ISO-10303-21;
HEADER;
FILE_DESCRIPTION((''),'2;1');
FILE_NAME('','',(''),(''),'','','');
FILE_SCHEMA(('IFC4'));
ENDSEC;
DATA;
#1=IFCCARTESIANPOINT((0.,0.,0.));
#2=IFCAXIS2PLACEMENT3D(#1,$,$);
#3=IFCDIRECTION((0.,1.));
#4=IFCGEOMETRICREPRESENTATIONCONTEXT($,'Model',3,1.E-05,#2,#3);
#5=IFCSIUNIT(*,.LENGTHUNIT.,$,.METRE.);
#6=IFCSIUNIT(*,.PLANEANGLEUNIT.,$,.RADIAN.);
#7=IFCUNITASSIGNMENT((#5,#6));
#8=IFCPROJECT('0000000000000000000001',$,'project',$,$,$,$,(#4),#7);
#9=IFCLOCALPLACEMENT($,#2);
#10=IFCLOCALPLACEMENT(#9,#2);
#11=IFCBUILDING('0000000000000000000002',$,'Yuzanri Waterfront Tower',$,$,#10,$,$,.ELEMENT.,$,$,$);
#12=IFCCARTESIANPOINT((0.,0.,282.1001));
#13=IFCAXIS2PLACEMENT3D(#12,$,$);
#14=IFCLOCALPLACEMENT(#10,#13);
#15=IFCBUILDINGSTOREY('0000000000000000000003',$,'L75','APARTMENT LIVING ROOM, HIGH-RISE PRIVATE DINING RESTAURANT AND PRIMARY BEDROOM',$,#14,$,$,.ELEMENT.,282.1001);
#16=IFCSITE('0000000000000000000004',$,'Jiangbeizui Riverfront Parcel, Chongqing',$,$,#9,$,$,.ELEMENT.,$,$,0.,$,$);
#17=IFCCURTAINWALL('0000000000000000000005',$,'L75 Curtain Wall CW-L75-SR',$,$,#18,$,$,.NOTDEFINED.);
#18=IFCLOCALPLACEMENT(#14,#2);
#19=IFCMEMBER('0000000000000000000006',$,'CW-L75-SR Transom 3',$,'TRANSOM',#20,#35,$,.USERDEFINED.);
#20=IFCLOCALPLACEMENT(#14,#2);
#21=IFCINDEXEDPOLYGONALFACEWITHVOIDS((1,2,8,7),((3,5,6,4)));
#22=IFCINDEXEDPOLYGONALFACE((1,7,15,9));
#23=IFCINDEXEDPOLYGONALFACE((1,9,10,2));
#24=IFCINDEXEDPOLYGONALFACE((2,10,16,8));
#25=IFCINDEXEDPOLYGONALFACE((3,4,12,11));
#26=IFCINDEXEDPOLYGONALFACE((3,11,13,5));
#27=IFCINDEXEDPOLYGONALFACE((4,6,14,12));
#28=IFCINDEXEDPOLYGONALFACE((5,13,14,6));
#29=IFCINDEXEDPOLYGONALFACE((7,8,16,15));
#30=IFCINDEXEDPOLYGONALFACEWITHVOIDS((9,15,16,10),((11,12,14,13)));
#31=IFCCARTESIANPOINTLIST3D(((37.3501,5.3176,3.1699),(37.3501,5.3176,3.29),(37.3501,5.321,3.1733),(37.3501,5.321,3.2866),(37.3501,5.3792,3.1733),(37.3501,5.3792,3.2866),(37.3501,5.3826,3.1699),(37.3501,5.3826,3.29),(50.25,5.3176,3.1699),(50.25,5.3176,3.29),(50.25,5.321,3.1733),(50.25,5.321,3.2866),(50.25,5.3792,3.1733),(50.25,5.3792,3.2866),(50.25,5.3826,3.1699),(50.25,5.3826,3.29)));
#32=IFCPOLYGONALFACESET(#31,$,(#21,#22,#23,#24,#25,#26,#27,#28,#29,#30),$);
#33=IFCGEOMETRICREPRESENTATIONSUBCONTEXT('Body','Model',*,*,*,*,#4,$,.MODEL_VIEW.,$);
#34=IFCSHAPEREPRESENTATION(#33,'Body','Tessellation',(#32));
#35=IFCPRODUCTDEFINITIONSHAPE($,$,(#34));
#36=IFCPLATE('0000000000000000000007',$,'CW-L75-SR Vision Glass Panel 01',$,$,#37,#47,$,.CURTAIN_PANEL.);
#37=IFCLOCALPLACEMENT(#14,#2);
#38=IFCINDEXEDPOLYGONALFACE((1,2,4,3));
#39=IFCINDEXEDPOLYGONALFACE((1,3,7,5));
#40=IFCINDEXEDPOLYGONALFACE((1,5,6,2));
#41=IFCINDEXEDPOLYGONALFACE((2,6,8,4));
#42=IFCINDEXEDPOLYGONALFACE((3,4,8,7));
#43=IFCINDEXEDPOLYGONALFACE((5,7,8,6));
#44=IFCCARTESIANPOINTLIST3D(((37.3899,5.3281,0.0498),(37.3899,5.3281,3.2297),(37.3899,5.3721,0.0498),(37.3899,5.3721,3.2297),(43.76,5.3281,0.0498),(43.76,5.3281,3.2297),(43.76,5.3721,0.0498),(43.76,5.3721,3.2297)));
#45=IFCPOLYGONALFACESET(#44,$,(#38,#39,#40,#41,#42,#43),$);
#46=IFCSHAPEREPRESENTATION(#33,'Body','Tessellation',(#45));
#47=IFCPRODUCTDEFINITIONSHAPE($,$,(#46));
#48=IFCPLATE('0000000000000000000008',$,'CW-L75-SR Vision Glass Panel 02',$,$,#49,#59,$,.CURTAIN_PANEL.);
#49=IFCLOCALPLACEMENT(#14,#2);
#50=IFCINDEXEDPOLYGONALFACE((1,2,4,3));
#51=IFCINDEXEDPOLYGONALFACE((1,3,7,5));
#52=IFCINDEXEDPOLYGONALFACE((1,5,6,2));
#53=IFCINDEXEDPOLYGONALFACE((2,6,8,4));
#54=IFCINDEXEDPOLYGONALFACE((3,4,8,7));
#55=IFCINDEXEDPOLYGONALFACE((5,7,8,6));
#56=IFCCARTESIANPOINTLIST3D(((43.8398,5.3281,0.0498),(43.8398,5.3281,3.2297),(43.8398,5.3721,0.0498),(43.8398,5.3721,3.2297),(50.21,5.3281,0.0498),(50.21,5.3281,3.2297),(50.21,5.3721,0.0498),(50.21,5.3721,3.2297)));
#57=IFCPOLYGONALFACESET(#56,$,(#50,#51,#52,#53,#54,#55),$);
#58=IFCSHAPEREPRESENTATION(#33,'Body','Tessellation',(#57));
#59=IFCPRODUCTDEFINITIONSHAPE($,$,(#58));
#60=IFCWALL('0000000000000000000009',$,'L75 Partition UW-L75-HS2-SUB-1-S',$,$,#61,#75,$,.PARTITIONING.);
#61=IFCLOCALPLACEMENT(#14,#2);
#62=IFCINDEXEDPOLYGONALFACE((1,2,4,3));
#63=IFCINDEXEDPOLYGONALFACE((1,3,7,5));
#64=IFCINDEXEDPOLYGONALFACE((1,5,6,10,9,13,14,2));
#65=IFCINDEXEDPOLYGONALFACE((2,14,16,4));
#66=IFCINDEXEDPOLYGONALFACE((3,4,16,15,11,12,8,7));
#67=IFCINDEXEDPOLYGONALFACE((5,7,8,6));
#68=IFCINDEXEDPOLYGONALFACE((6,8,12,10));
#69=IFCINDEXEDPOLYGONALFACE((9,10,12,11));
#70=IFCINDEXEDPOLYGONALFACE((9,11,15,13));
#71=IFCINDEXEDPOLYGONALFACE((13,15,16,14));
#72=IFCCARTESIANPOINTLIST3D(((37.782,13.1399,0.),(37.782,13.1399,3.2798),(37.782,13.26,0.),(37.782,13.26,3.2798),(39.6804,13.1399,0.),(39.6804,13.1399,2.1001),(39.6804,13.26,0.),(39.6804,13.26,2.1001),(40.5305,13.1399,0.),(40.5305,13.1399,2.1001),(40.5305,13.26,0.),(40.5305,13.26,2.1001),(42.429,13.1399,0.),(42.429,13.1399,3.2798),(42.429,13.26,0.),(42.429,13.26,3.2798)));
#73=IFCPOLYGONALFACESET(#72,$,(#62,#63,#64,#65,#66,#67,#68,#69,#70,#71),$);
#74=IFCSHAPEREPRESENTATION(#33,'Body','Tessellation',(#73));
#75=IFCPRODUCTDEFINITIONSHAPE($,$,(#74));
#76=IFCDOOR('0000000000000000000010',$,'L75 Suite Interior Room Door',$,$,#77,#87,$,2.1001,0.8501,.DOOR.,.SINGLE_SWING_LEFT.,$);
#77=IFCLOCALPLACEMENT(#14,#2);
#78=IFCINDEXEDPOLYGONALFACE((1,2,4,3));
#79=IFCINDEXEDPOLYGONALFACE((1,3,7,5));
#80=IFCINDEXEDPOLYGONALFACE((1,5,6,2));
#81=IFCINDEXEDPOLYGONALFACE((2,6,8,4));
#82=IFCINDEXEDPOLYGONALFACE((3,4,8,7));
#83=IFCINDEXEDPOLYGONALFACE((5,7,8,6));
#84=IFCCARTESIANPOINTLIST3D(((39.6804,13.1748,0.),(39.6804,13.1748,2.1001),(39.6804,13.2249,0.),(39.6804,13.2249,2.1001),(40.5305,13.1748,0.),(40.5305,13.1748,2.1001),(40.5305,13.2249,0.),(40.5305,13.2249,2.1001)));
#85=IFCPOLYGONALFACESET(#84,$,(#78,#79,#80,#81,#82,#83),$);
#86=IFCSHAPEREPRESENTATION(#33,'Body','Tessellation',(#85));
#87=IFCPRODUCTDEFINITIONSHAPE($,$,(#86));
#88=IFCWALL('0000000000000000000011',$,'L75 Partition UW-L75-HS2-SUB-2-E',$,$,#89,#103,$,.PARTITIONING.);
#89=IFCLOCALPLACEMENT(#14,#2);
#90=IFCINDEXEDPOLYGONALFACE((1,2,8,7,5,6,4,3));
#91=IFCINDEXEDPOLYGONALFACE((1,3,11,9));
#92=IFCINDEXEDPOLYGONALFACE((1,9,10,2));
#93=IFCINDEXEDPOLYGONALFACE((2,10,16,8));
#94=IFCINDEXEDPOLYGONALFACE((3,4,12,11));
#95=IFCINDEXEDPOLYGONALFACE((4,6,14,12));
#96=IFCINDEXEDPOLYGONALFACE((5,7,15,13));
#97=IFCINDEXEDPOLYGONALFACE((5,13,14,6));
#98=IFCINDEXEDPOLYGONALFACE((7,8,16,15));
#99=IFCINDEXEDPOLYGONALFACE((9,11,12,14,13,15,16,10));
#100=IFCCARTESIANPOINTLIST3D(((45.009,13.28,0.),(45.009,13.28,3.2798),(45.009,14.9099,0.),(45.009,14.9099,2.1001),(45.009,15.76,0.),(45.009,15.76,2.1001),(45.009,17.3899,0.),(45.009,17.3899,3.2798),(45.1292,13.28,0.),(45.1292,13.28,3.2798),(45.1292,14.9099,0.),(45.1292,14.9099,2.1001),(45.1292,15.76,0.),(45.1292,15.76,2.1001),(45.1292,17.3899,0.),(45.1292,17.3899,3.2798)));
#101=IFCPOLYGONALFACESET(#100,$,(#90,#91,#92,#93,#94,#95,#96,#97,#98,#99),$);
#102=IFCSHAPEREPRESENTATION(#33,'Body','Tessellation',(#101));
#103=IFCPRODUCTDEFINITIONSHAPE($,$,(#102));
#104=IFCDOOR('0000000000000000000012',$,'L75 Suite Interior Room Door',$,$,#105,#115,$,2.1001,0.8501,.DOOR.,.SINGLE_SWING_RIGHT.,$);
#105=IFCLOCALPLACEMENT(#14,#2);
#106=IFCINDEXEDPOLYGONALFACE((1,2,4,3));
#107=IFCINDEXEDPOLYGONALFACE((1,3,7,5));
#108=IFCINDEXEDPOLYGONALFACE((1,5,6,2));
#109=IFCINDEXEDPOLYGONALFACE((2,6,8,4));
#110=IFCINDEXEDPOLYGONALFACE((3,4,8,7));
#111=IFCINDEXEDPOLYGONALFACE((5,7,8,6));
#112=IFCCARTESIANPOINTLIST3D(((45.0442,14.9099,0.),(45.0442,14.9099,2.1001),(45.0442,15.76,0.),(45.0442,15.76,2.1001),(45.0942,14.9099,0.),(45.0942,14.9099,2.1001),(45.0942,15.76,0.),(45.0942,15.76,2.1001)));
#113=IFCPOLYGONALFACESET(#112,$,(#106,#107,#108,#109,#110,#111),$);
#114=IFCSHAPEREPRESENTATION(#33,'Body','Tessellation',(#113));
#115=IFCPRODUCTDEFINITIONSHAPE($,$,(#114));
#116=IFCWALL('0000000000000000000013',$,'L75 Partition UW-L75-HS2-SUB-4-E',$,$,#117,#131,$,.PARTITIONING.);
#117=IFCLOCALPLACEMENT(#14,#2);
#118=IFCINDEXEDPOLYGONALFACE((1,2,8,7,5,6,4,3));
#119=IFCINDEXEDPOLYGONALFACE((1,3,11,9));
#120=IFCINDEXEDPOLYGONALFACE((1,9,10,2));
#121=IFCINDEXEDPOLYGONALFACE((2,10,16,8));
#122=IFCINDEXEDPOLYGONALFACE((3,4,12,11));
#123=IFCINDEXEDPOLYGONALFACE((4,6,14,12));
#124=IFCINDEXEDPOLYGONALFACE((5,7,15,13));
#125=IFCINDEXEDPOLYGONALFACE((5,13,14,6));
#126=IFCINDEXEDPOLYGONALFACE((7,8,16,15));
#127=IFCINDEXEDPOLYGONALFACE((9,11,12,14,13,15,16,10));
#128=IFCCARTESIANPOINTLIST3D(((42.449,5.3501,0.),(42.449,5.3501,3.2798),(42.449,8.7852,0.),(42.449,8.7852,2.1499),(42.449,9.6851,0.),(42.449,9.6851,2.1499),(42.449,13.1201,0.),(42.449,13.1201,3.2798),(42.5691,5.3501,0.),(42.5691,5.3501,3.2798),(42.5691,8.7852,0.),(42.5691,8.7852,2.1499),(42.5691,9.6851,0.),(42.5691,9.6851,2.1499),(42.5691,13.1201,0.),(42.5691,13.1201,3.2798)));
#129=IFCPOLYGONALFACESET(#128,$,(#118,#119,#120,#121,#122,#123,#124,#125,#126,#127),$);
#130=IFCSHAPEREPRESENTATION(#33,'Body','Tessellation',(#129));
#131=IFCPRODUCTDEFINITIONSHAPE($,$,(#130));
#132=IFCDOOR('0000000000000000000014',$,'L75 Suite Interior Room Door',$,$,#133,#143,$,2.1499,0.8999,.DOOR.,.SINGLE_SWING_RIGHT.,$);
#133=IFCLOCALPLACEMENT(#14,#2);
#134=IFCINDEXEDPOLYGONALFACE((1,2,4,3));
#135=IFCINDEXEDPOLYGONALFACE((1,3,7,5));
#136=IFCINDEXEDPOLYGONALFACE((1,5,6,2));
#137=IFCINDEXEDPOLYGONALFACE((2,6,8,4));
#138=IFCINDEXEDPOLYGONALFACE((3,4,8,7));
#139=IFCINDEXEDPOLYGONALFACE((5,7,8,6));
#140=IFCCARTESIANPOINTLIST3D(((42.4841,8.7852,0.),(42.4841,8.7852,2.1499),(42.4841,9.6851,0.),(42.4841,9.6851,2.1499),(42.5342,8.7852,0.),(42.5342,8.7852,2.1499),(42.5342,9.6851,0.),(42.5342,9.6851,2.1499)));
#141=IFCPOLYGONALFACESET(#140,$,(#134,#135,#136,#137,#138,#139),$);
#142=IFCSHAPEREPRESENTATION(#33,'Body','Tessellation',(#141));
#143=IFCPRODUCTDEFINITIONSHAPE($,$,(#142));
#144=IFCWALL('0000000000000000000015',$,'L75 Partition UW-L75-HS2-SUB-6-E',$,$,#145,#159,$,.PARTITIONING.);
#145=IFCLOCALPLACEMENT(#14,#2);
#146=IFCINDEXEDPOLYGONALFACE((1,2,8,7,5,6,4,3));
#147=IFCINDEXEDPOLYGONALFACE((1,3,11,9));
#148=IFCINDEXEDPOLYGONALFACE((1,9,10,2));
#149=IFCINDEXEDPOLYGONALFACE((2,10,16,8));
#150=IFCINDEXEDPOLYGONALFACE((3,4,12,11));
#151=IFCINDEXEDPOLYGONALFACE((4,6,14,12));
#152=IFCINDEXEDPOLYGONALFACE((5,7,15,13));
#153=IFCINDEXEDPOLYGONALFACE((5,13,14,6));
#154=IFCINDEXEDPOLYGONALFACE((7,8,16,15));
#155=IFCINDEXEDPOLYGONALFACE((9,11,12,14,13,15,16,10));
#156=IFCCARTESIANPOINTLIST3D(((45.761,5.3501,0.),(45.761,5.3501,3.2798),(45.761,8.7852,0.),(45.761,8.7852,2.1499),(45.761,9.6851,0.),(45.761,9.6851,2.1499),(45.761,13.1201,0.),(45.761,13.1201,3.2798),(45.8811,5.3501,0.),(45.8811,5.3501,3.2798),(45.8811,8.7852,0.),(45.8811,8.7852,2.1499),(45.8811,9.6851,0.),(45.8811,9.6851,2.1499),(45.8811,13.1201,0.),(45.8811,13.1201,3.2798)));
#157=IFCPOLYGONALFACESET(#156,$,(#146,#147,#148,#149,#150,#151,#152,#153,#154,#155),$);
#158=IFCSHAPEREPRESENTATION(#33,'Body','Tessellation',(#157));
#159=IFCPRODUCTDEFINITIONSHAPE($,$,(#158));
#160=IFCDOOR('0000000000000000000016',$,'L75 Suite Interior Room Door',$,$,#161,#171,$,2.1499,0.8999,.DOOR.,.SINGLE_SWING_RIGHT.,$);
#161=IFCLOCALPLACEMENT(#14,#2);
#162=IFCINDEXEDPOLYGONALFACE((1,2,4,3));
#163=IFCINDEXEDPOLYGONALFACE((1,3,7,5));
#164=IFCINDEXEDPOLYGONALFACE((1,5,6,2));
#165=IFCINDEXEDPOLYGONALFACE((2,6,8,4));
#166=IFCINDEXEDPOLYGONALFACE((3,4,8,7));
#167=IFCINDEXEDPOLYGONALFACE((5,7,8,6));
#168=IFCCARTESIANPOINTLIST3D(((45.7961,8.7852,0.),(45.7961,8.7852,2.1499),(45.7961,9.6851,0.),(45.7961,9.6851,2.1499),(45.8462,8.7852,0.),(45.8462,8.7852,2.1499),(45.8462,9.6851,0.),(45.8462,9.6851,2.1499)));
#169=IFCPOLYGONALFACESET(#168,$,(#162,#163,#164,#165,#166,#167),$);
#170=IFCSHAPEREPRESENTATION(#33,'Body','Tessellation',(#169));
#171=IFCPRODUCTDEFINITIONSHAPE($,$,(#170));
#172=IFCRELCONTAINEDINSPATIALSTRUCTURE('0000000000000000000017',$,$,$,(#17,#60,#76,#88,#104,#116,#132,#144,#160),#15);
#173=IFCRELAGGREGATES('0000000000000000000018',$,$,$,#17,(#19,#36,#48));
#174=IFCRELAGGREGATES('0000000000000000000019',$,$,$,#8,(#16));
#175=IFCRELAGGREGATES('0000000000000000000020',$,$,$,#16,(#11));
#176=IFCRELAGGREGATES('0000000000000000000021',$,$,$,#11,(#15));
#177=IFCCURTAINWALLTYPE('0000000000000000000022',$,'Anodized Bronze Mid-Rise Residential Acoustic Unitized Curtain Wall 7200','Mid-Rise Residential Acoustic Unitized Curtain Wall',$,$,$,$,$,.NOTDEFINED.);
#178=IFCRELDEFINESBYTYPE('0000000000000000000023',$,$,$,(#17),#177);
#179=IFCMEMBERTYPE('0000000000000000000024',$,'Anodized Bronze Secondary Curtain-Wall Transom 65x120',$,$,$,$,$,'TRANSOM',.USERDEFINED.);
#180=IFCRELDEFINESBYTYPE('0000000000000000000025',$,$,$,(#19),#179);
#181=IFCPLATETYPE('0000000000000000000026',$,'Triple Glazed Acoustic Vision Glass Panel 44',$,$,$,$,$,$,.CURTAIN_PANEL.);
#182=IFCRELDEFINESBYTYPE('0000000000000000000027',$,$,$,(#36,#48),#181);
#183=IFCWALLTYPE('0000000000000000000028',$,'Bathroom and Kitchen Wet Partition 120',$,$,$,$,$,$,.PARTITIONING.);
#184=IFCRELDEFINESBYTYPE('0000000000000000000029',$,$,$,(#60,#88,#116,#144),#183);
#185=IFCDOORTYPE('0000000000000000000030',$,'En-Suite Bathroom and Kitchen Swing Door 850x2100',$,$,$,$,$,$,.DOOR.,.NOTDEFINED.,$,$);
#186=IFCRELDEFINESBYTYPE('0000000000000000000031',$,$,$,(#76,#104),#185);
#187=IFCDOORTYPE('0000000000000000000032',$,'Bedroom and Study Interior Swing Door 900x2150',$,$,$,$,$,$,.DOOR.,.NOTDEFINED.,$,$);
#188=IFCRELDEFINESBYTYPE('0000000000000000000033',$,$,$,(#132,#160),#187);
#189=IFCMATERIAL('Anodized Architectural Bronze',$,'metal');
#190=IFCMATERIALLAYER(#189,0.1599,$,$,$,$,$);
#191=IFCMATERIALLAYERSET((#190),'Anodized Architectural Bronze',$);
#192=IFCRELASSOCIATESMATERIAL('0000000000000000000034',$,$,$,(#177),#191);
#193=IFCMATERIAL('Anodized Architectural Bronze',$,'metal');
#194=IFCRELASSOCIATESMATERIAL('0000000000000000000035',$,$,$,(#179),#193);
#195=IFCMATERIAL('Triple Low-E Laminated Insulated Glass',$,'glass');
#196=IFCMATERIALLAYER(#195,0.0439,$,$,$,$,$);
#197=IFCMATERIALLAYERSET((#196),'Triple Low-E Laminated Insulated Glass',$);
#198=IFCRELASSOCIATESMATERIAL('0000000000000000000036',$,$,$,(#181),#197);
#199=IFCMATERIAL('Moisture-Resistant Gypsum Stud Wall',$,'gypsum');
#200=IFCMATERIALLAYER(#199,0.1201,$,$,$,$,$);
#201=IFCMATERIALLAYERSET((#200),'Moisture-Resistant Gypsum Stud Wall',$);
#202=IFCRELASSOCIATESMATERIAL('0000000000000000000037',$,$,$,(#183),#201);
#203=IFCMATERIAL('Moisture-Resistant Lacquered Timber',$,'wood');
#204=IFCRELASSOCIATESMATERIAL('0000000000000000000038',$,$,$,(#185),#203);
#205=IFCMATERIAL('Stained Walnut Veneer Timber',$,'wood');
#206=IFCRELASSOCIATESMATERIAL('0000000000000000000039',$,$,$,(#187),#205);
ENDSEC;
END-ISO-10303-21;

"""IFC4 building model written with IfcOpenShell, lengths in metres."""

from ifc_helpers import new_model, si_unit, direction, frame, frame_2d, origin, origin_2d, place, context, subcontext, project, spatial, rectangle, hollow_rectangle, extrude, source, transform, mapped, material, layer, layer_set, material_profile, profile_set, type_object, element, fill, aggregate, save


model = new_model("IFC4")

# Units and contexts
model_context = context("Model", 3, precision=1e-05, world=origin(), true_north=direction((0.0, 1.0)))
body_context = subcontext(model_context, "Body", "Model", "MODEL_VIEW")
ifc_project = project(units=[si_unit("LENGTHUNIT", "METRE"), si_unit("PLANEANGLEUNIT", "RADIAN")], contexts=[model_context])

# Site, building, storey
site_placement = place(None, origin())
site = spatial("IfcSite", under=ifc_project, at=site_placement, Name="Jiangbeizui Riverfront Parcel, Chongqing", CompositionType="ELEMENT", RefElevation=0.0)
building_placement = place(site_placement, origin())
building = spatial("IfcBuilding", under=site, at=building_placement, Name="Yuzanri Waterfront Tower", CompositionType="ELEMENT")
storey_placement = place(building_placement, frame((0.0, 0.0, 282.1001)))
storey = spatial("IfcBuildingStorey", under=building, at=storey_placement, Name="L75", Description="APARTMENT LIVING ROOM, HIGH-RISE PRIVATE DINING RESTAURANT AND PRIMARY BEDROOM", CompositionType="ELEMENT", Elevation=282.1001)

# Curtain wall, member, plates
ifc_material_1 = material(Name="Anodized Architectural Bronze", Category="metal")
ifc_layer_1 = layer(ifc_material_1, 0.1599)
ifc_layer_set_1 = layer_set([ifc_layer_1], Name="Anodized Architectural Bronze")
curtain_wall_type = type_object("IfcCurtainWallType", Name="Anodized Bronze Mid-Rise Residential Acoustic Unitized Curtain Wall 7200", Description="Mid-Rise Residential Acoustic Unitized Curtain Wall", PredefinedType="NOTDEFINED", material=ifc_layer_set_1)
curtain_wall_placement = place(storey_placement, origin())
curtain_wall = element("IfcCurtainWall", 1, at=curtain_wall_placement, inside=storey, type_object=curtain_wall_type, Name="L75 Curtain Wall CW-L75-SR", PredefinedType="NOTDEFINED")
ifc_material_2 = material(Name="Anodized Architectural Bronze", Category="metal")
ifc_material_profile_1 = material_profile(ifc_material_2, hollow_rectangle(XDim=0.0649, YDim=0.1201, WallThickness=0.0034, at=origin_2d()), Name="CWT 65x120")
ifc_profile_set_1 = profile_set([ifc_material_profile_1], Name="Anodized Architectural Bronze")
member_type_1 = type_object("IfcMemberType", Name="Anodized Bronze Secondary Curtain-Wall Transom 65x120", ElementType="TRANSOM", PredefinedType="USERDEFINED", material=ifc_profile_set_1)
shared_shape_1 = source(origin(), body_context, "Body", "SweptSolid", [
    extrude(hollow_rectangle(XDim=0.0649, YDim=0.1201, WallThickness=0.0034, at=origin_2d()), origin(), (0.0, 0.0, 1.0), 12.8999),
])
member_1_placement = place(storey_placement, frame((37.3501, 5.3501, 3.23), z_axis=(1.0, 0.0, 0.0), x_axis=(0.0, 1.0, 0.0)))
member_1 = element("IfcMember", 2, at=member_1_placement, type_object=member_type_1, Name="CW-L75-SR Transom 3", ObjectType="TRANSOM", PredefinedType="USERDEFINED", context=body_context, shape_type="MappedRepresentation", body=[
    mapped(shared_shape_1, transform((0.0, 0.0, 0.0), scale=1.0)),
])
ifc_material_3 = material(Name="Triple Low-E Laminated Insulated Glass", Category="glass")
ifc_layer_2 = layer(ifc_material_3, 0.0439)
ifc_layer_set_2 = layer_set([ifc_layer_2], Name="Triple Low-E Laminated Insulated Glass")
plate_type = type_object("IfcPlateType", Name="Triple Glazed Acoustic Vision Glass Panel 44", PredefinedType="CURTAIN_PANEL", material=ifc_layer_set_2)
shared_shape_2 = source(origin(), body_context, "Body", "SweptSolid", [
    extrude(rectangle(XDim=6.3701, YDim=0.0439, at=origin_2d()), origin(), (0.0, 0.0, 1.0), 3.1799),
])
plate_1_placement = place(storey_placement, frame((40.575, 5.3501, 0.0498), z_axis=(0.0, 0.0, 1.0), x_axis=(1.0, 0.0, 0.0)))
plate_1 = element("IfcPlate", 3, at=plate_1_placement, type_object=plate_type, Name="CW-L75-SR Vision Glass Panel 01", PredefinedType="CURTAIN_PANEL", context=body_context, shape_type="MappedRepresentation", body=[
    mapped(shared_shape_2, transform((0.0, 0.0, 0.0), scale=1.0)),
])
plate_2_placement = place(storey_placement, frame((47.0249, 5.3501, 0.0498), z_axis=(0.0, 0.0, 1.0), x_axis=(1.0, 0.0, 0.0)))
plate_2 = element("IfcPlate", 4, at=plate_2_placement, type_object=plate_type, Name="CW-L75-SR Vision Glass Panel 02", PredefinedType="CURTAIN_PANEL", context=body_context, shape_type="MappedRepresentation", body=[
    mapped(shared_shape_2, transform((0.0, 0.0, 0.0), scale=1.0)),
])
aggregate(curtain_wall, [member_1, plate_1, plate_2])

# Walls, openings, doors
ifc_material_4 = material(Name="Moisture-Resistant Gypsum Stud Wall", Category="gypsum")
ifc_layer_3 = layer(ifc_material_4, 0.1201)
ifc_layer_set_3 = layer_set([ifc_layer_3], Name="Moisture-Resistant Gypsum Stud Wall")
wall_type_1 = type_object("IfcWallType", Name="Bathroom and Kitchen Wet Partition 120", PredefinedType="PARTITIONING", material=ifc_layer_set_3)
wall_1_placement = place(storey_placement, frame((37.782, 13.2, 0.0), z_axis=(0.0, 0.0, 1.0), x_axis=(1.0, 0.0, 0.0)))
wall_1 = element("IfcWall", 5, at=wall_1_placement, inside=storey, type_object=wall_type_1, Name="L75 Partition UW-L75-HS2-SUB-1-S", PredefinedType="PARTITIONING", context=body_context, shape_type="SweptSolid", body=[
    extrude(rectangle(XDim=4.647, YDim=0.1201, at=frame_2d((2.3235, 0.0))), origin(), (0.0, 0.0, 1.0), 3.2798),
])
opening_1_placement = place(wall_1_placement, frame((1.8984, 0.0, 0.0)))
opening_1 = element("IfcOpeningElement", 6, at=opening_1_placement, cuts=wall_1, PredefinedType="OPENING", context=body_context, shape_type="SweptSolid", body=[
    extrude(rectangle(XDim=0.8501, YDim=2.1001, at=frame_2d((0.425, 1.05))), frame((0.0, 0.075, 0.0), z_axis=(0.0, -1.0, 0.0), x_axis=(1.0, 0.0, 0.0)), (0.0, 0.0, 1.0), 0.1499),
])
ifc_material_5 = material(Name="Moisture-Resistant Lacquered Timber", Category="wood")
door_type_1 = type_object("IfcDoorType", Name="En-Suite Bathroom and Kitchen Swing Door 850x2100", OperationType="NOTDEFINED", PredefinedType="DOOR", material=ifc_material_5)
shared_shape_3 = source(origin(), body_context, "Body", "SweptSolid", [
    extrude(rectangle(XDim=0.8501, YDim=2.1001, at=frame_2d((0.425, 1.05))), frame((0.0, 0.0249, 0.0), z_axis=(0.0, -1.0, 0.0), x_axis=(1.0, 0.0, 0.0)), (0.0, 0.0, 1.0), 0.05),
])
door_1_placement = place(opening_1_placement, origin())
door_1 = element("IfcDoor", 7, at=door_1_placement, inside=storey, type_object=door_type_1, Name="L75 Suite Interior Room Door", OperationType="SINGLE_SWING_LEFT", OverallHeight=2.1001, OverallWidth=0.8501, PredefinedType="DOOR", context=body_context, shape_type="MappedRepresentation", body=[
    mapped(shared_shape_3, transform((0.0, 0.0, 0.0), scale=1.0)),
])
fill(opening_1, door_1)
wall_2_placement = place(storey_placement, frame((45.0691, 13.28, 0.0), z_axis=(0.0, 0.0, 1.0), x_axis=(0.0, 1.0, 0.0)))
wall_2 = element("IfcWall", 8, at=wall_2_placement, inside=storey, type_object=wall_type_1, Name="L75 Partition UW-L75-HS2-SUB-2-E", PredefinedType="PARTITIONING", context=body_context, shape_type="SweptSolid", body=[
    extrude(rectangle(XDim=4.1099, YDim=0.1201, at=frame_2d((2.0549, 0.0))), origin(), (0.0, 0.0, 1.0), 3.2798),
])
opening_2_placement = place(wall_2_placement, frame((1.6299, 0.0, 0.0)))
opening_2 = element("IfcOpeningElement", 9, at=opening_2_placement, cuts=wall_2, PredefinedType="OPENING", context=body_context, shape_type="SweptSolid", body=[
    extrude(rectangle(XDim=0.8501, YDim=2.1001, at=frame_2d((0.425, 1.05))), frame((0.0, 0.075, 0.0), z_axis=(0.0, -1.0, 0.0), x_axis=(1.0, 0.0, 0.0)), (0.0, 0.0, 1.0), 0.1499),
])
door_2_placement = place(opening_2_placement, origin())
door_2 = element("IfcDoor", 10, at=door_2_placement, inside=storey, type_object=door_type_1, Name="L75 Suite Interior Room Door", OperationType="SINGLE_SWING_RIGHT", OverallHeight=2.1001, OverallWidth=0.8501, PredefinedType="DOOR", context=body_context, shape_type="MappedRepresentation", body=[
    mapped(shared_shape_3, transform((0.0, 0.0, 0.0), scale=1.0)),
])
fill(opening_2, door_2)
wall_3_placement = place(storey_placement, frame((42.509, 5.3501, 0.0), z_axis=(0.0, 0.0, 1.0), x_axis=(0.0, 1.0, 0.0)))
wall_3 = element("IfcWall", 11, at=wall_3_placement, inside=storey, type_object=wall_type_1, Name="L75 Partition UW-L75-HS2-SUB-4-E", PredefinedType="PARTITIONING", context=body_context, shape_type="SweptSolid", body=[
    extrude(rectangle(XDim=7.77, YDim=0.1201, at=frame_2d((3.885, 0.0))), origin(), (0.0, 0.0, 1.0), 3.2798),
])
opening_3_placement = place(wall_3_placement, frame((3.4351, 0.0, 0.0)))
opening_3 = element("IfcOpeningElement", 12, at=opening_3_placement, cuts=wall_3, PredefinedType="OPENING", context=body_context, shape_type="SweptSolid", body=[
    extrude(rectangle(XDim=0.8999, YDim=2.1499, at=frame_2d((0.45, 1.075))), frame((0.0, 0.075, 0.0), z_axis=(0.0, -1.0, 0.0), x_axis=(1.0, 0.0, 0.0)), (0.0, 0.0, 1.0), 0.1499),
])
ifc_material_6 = material(Name="Stained Walnut Veneer Timber", Category="wood")
door_type_2 = type_object("IfcDoorType", Name="Bedroom and Study Interior Swing Door 900x2150", OperationType="NOTDEFINED", PredefinedType="DOOR", material=ifc_material_6)
shared_shape_4 = source(origin(), body_context, "Body", "SweptSolid", [
    extrude(rectangle(XDim=0.8999, YDim=2.1499, at=frame_2d((0.45, 1.075))), frame((0.0, 0.0249, 0.0), z_axis=(0.0, -1.0, 0.0), x_axis=(1.0, 0.0, 0.0)), (0.0, 0.0, 1.0), 0.05),
])
door_3_placement = place(opening_3_placement, origin())
door_3 = element("IfcDoor", 13, at=door_3_placement, inside=storey, type_object=door_type_2, Name="L75 Suite Interior Room Door", OperationType="SINGLE_SWING_RIGHT", OverallHeight=2.1499, OverallWidth=0.8999, PredefinedType="DOOR", context=body_context, shape_type="MappedRepresentation", body=[
    mapped(shared_shape_4, transform((0.0, 0.0, 0.0), scale=1.0)),
])
fill(opening_3, door_3)
wall_4_placement = place(storey_placement, frame((45.821, 5.3501, 0.0), z_axis=(0.0, 0.0, 1.0), x_axis=(0.0, 1.0, 0.0)))
wall_4 = element("IfcWall", 14, at=wall_4_placement, inside=storey, type_object=wall_type_1, Name="L75 Partition UW-L75-HS2-SUB-6-E", PredefinedType="PARTITIONING", context=body_context, shape_type="SweptSolid", body=[
    extrude(rectangle(XDim=7.77, YDim=0.1201, at=frame_2d((3.885, 0.0))), origin(), (0.0, 0.0, 1.0), 3.2798),
])
opening_4_placement = place(wall_4_placement, frame((3.4351, 0.0, 0.0)))
opening_4 = element("IfcOpeningElement", 15, at=opening_4_placement, cuts=wall_4, PredefinedType="OPENING", context=body_context, shape_type="SweptSolid", body=[
    extrude(rectangle(XDim=0.8999, YDim=2.1499, at=frame_2d((0.45, 1.075))), frame((0.0, 0.075, 0.0), z_axis=(0.0, -1.0, 0.0), x_axis=(1.0, 0.0, 0.0)), (0.0, 0.0, 1.0), 0.1499),
])
door_4_placement = place(opening_4_placement, origin())
door_4 = element("IfcDoor", 16, at=door_4_placement, inside=storey, type_object=door_type_2, Name="L75 Suite Interior Room Door", OperationType="SINGLE_SWING_RIGHT", OverallHeight=2.1499, OverallWidth=0.8999, PredefinedType="DOOR", context=body_context, shape_type="MappedRepresentation", body=[
    mapped(shared_shape_4, transform((0.0, 0.0, 0.0), scale=1.0)),
])
fill(opening_4, door_4)

save(model, "model.ifc")
